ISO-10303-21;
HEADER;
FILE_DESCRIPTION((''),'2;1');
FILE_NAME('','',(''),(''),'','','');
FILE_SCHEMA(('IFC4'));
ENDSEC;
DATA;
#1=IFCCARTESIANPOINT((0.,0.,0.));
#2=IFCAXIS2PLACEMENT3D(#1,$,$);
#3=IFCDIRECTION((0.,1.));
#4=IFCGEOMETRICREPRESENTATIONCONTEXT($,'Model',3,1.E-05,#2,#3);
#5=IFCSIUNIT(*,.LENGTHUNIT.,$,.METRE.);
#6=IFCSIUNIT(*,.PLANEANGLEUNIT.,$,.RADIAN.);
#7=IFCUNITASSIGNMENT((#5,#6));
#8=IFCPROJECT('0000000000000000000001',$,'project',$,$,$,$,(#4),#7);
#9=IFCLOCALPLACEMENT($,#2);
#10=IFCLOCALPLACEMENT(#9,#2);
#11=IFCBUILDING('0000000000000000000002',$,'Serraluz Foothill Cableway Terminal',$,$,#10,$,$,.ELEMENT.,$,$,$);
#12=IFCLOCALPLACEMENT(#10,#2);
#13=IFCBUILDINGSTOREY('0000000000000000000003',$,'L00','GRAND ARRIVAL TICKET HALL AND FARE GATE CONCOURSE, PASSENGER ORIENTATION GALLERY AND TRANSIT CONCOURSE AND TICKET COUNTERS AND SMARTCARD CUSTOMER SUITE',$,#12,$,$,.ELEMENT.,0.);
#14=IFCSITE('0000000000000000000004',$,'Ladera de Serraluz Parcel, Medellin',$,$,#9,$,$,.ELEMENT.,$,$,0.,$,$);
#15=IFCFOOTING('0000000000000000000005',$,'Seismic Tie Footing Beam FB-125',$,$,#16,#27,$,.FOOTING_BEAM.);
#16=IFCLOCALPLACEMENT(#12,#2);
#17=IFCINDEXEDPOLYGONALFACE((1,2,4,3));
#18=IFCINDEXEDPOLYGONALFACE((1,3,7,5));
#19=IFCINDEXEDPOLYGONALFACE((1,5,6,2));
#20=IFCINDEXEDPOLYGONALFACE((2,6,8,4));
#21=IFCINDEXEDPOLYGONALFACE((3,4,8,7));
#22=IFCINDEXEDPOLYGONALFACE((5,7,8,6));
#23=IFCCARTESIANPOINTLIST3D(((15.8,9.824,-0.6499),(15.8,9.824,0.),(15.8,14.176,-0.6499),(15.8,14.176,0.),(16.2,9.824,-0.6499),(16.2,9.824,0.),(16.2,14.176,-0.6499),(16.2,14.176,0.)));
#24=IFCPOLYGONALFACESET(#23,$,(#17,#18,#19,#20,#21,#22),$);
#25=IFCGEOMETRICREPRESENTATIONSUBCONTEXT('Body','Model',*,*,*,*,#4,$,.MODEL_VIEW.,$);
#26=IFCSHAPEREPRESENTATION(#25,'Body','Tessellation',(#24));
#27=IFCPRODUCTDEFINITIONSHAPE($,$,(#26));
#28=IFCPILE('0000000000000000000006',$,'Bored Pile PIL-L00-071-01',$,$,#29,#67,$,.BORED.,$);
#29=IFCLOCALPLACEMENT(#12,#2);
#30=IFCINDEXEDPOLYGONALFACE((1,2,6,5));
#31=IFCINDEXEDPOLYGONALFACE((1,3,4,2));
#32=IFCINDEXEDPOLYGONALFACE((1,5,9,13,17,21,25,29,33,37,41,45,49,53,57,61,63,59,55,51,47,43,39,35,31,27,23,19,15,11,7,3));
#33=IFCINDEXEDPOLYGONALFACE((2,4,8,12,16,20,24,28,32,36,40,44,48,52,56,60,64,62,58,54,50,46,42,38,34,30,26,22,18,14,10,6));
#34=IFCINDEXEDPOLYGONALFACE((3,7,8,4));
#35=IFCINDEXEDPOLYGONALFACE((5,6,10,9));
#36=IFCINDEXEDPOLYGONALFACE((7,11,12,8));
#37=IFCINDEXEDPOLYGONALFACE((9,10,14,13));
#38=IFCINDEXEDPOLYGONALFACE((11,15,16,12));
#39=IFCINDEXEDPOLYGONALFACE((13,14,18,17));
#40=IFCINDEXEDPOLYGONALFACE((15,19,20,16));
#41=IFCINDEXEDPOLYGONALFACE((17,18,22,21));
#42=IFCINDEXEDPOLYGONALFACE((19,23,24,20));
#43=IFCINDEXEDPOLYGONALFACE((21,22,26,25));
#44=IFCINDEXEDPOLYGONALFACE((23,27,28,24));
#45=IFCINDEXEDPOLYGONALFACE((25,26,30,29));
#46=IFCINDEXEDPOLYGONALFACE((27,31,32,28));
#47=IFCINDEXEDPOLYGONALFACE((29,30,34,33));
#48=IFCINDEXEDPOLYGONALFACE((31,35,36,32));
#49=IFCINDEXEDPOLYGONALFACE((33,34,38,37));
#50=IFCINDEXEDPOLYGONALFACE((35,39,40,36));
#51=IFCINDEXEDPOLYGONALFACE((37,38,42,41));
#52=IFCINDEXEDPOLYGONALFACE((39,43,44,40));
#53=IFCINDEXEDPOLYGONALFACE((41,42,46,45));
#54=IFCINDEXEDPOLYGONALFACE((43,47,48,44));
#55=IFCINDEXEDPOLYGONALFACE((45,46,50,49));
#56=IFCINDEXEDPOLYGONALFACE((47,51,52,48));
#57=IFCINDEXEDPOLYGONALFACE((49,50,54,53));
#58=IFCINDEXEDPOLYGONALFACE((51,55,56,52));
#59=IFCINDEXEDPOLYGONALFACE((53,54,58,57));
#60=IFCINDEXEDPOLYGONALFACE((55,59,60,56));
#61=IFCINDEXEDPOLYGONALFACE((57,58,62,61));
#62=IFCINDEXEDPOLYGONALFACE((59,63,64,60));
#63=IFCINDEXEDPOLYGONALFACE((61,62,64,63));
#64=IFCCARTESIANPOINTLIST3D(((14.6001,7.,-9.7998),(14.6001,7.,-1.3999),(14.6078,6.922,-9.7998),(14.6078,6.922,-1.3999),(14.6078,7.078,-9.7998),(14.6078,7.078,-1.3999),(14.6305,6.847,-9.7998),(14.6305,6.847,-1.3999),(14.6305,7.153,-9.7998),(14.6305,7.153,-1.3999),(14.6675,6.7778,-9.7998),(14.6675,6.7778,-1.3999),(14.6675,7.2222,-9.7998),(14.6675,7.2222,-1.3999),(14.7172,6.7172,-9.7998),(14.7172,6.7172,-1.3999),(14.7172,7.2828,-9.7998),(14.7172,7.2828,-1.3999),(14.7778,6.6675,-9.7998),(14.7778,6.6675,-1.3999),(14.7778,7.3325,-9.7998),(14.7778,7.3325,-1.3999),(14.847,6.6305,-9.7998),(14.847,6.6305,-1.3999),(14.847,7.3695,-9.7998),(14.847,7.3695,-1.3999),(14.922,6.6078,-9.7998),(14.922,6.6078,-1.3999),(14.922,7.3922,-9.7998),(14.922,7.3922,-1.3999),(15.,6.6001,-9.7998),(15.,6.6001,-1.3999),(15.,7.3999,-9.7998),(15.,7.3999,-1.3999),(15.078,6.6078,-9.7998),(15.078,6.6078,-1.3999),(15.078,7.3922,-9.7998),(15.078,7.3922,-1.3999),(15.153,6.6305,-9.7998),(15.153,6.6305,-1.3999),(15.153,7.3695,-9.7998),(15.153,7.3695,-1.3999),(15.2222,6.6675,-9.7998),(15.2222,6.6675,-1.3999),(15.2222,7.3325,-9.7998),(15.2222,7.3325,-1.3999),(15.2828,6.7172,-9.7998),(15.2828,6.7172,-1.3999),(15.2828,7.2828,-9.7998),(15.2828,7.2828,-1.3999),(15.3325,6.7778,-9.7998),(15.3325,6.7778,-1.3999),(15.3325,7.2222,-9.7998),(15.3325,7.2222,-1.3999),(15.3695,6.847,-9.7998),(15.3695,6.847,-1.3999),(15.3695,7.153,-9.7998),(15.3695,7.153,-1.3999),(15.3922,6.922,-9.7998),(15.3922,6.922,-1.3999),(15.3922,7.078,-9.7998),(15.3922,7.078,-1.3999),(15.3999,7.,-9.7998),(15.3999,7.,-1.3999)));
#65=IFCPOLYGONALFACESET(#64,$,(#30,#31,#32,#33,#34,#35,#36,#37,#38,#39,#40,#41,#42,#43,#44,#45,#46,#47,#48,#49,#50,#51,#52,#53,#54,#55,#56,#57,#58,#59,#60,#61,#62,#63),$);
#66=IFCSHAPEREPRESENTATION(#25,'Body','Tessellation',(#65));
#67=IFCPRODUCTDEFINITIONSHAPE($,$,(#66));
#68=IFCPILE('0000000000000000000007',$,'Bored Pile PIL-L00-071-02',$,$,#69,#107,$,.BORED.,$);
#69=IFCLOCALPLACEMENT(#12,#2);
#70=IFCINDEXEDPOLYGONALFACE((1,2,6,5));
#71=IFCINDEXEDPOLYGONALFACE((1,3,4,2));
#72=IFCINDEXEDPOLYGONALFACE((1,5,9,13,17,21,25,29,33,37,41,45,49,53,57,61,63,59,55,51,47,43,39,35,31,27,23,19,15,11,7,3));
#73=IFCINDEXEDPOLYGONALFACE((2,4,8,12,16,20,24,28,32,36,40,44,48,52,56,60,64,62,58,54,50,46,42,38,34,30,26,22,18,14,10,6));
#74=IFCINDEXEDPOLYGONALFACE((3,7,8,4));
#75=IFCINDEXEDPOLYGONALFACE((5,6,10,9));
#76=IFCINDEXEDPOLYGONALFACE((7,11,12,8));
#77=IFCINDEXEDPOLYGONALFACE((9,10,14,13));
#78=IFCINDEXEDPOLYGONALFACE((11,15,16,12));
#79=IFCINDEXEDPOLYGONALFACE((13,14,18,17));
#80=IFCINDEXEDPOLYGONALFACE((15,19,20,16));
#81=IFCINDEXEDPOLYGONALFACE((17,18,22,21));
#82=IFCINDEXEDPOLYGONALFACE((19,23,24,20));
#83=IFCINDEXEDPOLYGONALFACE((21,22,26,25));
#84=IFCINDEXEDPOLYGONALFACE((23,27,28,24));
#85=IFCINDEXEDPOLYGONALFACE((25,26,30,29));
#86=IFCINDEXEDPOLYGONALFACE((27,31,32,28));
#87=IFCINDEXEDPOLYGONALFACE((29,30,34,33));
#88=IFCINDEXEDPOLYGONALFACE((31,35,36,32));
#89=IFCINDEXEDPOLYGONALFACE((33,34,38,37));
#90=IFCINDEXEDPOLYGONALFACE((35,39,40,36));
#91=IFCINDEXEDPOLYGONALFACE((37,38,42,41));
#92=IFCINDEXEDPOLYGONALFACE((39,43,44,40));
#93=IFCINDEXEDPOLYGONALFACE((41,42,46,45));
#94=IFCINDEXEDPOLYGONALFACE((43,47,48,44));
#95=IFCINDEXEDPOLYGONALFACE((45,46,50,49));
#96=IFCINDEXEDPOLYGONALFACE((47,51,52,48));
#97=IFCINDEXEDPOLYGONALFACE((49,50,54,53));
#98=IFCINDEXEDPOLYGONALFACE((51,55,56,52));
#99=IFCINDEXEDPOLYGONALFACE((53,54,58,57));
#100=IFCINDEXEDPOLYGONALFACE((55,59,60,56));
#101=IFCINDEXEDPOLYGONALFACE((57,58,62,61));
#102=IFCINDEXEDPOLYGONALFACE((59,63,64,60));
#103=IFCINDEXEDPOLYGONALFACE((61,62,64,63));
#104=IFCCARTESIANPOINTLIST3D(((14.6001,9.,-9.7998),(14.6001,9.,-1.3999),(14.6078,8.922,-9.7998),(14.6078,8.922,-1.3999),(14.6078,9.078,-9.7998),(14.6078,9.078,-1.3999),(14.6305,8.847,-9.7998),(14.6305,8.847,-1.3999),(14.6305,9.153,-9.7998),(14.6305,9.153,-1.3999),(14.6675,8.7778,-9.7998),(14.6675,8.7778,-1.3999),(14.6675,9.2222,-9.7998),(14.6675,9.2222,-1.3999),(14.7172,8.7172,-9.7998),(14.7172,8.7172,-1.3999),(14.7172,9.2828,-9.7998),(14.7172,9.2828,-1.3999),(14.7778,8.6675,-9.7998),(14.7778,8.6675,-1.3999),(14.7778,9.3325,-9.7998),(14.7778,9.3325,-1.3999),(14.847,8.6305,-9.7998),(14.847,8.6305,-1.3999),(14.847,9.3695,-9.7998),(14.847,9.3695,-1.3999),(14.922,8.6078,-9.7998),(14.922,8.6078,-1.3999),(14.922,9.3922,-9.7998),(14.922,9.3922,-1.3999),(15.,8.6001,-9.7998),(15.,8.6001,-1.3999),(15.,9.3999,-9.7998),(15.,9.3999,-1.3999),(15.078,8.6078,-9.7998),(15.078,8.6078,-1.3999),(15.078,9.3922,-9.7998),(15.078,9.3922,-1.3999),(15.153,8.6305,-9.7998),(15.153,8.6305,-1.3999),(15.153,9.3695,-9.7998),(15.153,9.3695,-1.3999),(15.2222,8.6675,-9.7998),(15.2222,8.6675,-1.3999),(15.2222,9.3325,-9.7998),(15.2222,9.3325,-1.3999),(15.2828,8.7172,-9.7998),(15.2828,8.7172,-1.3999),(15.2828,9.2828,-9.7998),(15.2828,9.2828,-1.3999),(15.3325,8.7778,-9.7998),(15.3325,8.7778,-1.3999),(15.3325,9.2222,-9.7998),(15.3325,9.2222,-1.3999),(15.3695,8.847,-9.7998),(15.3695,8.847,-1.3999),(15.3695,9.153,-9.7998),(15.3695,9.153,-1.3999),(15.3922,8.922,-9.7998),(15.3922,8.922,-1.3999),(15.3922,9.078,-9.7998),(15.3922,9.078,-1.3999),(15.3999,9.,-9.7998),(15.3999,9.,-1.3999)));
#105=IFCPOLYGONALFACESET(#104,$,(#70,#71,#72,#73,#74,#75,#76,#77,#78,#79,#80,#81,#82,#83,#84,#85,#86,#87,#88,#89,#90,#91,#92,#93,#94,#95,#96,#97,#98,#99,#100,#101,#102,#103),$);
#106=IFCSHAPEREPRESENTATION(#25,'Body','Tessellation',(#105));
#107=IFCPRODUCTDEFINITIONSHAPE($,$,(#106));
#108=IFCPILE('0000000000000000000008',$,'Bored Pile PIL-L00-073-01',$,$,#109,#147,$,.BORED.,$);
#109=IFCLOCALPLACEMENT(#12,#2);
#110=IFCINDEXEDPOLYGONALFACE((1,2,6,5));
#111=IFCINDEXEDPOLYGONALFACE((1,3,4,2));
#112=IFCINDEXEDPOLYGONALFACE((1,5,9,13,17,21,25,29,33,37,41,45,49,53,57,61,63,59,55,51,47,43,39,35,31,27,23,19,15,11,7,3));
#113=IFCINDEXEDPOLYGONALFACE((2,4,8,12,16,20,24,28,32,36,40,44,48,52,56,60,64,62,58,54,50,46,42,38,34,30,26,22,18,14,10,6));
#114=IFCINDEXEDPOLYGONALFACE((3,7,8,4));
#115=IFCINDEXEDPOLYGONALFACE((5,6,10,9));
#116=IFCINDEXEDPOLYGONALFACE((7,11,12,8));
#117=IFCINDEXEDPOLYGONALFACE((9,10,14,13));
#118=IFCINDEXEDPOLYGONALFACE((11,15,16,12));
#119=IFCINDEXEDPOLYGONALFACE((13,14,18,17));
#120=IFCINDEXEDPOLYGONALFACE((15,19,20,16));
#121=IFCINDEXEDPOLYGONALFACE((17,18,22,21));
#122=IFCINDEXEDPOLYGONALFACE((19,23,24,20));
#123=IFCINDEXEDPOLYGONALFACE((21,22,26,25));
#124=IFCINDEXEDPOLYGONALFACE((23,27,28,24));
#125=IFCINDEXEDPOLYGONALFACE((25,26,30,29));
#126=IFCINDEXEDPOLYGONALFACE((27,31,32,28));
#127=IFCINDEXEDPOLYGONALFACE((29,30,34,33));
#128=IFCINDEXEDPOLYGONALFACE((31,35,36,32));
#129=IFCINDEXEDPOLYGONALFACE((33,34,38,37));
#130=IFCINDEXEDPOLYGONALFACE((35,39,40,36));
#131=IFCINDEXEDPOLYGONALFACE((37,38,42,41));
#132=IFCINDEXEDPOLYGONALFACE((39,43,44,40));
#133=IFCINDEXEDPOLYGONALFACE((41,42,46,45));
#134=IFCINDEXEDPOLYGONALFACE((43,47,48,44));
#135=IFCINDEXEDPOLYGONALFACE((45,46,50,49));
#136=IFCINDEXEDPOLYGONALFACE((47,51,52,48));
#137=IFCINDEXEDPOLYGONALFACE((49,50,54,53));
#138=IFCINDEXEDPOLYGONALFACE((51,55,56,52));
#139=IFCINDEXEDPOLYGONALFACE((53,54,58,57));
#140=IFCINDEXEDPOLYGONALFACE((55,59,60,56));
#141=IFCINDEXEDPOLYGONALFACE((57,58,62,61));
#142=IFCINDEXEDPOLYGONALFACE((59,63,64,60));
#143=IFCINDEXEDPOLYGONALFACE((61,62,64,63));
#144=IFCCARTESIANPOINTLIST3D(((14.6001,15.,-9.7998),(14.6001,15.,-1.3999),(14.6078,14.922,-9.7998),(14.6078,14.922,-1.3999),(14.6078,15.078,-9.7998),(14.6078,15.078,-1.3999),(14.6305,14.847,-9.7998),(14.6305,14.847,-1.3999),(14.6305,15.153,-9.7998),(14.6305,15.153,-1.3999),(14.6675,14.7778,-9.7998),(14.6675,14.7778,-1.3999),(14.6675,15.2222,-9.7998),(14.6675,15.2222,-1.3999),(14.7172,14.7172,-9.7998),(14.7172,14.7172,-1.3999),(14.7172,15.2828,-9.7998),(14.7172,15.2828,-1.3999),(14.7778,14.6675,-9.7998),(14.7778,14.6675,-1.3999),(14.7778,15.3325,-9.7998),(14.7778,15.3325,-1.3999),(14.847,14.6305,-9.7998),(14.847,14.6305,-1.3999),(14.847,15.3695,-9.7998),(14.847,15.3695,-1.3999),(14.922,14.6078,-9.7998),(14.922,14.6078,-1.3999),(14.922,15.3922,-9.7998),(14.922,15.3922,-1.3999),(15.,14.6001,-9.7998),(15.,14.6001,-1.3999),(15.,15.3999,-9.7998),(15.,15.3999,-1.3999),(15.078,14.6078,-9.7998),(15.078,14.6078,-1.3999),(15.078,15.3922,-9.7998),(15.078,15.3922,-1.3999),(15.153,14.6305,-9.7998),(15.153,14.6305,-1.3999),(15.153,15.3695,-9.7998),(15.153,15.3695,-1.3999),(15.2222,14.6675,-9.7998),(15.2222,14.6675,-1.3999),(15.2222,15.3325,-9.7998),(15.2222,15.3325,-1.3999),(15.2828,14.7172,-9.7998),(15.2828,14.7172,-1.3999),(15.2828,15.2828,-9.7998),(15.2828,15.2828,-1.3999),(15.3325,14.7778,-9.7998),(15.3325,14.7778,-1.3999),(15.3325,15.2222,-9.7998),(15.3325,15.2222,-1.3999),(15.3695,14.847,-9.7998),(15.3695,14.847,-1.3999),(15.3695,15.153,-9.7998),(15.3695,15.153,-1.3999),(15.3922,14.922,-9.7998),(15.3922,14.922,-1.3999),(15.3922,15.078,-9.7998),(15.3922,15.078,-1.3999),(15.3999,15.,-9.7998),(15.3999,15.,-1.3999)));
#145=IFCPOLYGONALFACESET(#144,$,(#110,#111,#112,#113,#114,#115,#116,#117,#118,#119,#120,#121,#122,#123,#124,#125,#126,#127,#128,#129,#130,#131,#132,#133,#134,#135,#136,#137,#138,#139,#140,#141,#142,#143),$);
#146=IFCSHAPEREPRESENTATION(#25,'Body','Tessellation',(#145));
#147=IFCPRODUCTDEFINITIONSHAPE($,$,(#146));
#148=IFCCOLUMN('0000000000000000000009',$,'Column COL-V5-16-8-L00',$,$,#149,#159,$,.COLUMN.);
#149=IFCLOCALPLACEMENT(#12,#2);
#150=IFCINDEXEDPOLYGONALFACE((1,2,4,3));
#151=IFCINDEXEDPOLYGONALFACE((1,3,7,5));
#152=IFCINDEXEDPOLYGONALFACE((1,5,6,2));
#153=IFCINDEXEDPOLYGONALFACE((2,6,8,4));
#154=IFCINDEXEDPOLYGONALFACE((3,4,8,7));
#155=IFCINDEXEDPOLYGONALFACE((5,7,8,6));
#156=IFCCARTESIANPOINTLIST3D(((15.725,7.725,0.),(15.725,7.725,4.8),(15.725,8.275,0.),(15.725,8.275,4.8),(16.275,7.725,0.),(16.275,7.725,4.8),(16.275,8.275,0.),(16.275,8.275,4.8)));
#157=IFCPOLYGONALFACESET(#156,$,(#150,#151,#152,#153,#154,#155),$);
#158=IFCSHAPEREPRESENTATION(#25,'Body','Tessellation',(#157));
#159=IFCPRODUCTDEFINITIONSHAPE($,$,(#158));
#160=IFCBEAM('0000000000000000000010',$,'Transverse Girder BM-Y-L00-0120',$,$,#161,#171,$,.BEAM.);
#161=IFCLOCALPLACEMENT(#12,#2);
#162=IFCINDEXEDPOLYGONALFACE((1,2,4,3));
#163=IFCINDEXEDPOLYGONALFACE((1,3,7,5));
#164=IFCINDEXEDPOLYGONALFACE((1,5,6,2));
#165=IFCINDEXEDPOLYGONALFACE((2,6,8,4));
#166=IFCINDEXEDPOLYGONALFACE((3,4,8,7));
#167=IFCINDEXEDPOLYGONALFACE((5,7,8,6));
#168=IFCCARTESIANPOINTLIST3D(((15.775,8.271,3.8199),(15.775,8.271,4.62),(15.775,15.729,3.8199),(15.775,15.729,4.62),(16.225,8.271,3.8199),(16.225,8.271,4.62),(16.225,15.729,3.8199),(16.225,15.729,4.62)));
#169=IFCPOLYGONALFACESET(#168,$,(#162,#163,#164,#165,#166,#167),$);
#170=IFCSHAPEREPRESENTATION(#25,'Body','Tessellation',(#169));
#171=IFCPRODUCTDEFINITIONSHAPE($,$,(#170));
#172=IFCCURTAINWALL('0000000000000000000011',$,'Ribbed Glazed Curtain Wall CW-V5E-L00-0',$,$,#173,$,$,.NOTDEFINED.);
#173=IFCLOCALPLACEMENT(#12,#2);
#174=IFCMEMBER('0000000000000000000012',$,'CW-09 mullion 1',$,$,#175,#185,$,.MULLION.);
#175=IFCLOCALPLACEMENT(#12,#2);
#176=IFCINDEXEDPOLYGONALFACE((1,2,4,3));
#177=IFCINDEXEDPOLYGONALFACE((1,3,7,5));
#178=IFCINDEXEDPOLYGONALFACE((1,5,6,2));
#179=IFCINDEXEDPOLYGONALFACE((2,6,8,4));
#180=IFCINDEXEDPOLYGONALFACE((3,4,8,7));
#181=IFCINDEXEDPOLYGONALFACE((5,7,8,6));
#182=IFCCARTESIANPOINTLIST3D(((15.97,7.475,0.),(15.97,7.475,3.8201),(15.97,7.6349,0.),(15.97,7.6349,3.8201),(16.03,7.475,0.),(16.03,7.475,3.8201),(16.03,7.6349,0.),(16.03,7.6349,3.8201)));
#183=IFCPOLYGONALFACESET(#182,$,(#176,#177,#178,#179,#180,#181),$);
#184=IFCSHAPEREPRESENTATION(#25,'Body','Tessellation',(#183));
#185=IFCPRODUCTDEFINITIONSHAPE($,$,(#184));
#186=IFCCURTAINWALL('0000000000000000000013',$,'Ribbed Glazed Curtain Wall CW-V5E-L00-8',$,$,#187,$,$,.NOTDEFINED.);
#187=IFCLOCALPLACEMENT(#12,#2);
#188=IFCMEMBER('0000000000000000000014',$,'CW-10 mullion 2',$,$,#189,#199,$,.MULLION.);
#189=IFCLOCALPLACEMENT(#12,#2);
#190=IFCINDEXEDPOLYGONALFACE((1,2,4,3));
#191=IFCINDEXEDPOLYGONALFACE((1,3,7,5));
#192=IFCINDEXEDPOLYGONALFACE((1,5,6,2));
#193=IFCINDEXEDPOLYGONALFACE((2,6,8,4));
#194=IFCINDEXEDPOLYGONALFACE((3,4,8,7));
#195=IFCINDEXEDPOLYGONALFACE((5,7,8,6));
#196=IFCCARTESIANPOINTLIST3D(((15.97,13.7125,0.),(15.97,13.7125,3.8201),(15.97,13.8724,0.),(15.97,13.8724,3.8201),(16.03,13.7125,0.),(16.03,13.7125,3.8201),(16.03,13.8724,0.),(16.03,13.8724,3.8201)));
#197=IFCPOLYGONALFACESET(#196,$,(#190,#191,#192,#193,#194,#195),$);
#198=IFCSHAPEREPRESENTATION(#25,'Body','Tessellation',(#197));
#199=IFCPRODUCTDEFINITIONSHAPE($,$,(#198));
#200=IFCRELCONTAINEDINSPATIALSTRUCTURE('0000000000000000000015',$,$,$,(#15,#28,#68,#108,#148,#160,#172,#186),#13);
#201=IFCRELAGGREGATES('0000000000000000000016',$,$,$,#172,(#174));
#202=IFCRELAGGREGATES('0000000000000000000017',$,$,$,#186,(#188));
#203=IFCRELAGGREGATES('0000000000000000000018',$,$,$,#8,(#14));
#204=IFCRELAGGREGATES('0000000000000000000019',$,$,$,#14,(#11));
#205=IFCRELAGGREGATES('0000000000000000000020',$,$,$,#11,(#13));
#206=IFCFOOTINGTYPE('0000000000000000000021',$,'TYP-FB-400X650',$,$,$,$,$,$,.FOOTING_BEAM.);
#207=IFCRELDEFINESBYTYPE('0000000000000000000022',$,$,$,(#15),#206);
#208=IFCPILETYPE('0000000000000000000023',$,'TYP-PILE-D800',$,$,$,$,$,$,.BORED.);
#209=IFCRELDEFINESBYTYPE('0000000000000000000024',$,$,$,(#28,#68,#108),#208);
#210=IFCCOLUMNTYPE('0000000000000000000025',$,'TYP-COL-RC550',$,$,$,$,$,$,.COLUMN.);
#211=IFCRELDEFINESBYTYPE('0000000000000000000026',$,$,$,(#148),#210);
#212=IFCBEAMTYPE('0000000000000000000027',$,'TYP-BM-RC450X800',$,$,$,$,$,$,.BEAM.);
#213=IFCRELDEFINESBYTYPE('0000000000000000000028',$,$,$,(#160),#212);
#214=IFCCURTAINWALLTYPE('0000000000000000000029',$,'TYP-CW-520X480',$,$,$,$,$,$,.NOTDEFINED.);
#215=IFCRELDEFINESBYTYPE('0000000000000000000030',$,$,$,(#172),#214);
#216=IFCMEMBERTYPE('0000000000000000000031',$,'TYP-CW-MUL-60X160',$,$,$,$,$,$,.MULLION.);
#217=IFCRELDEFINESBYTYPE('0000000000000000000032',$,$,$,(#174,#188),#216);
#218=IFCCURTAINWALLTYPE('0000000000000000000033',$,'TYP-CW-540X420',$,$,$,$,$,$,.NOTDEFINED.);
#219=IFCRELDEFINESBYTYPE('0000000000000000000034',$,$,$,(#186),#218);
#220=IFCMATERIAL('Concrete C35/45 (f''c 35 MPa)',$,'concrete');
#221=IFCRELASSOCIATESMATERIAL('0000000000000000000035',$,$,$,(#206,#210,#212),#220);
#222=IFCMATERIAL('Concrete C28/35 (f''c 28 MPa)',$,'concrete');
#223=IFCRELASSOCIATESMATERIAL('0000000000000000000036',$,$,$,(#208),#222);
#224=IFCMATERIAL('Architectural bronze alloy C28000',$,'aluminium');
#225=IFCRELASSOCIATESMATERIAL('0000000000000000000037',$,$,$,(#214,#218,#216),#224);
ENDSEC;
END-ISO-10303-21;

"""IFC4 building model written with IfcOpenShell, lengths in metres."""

from ifc_helpers import new_model, si_unit, direction, frame, origin, origin_2d, place, context, subcontext, project, spatial, rectangle, circle, extrude, material, material_profile, profile_set, type_object, element, aggregate, save


model = new_model("IFC4")

# Units and contexts
model_context = context("Model", 3, precision=1e-05, world=origin(), true_north=direction((0.0, 1.0)))
body_context = subcontext(model_context, "Body", "Model", "MODEL_VIEW")
ifc_project = project(units=[si_unit("LENGTHUNIT", "METRE"), si_unit("PLANEANGLEUNIT", "RADIAN")], contexts=[model_context])

# Site, building, storey
site_placement = place(None, origin())
site = spatial("IfcSite", under=ifc_project, at=site_placement, Name="Ladera de Serraluz Parcel, Medellin", CompositionType="ELEMENT", RefElevation=0.0)
building_placement = place(site_placement, origin())
building = spatial("IfcBuilding", under=site, at=building_placement, Name="Serraluz Foothill Cableway Terminal", CompositionType="ELEMENT")
storey_placement = place(building_placement, origin())
storey = spatial("IfcBuildingStorey", under=building, at=storey_placement, Name="L00", Description="GRAND ARRIVAL TICKET HALL AND FARE GATE CONCOURSE, PASSENGER ORIENTATION GALLERY AND TRANSIT CONCOURSE AND TICKET COUNTERS AND SMARTCARD CUSTOMER SUITE", CompositionType="ELEMENT", Elevation=0.0)

# Footing
ifc_material_1 = material(Name="Concrete C35/45 (f'c 35 MPa)", Category="concrete")
ifc_material_profile_1 = material_profile(ifc_material_1, rectangle(XDim=0.3999, YDim=0.6499, at=origin_2d()), Name="RC 400x650")
ifc_profile_set_1 = profile_set([ifc_material_profile_1], Name="Concrete C35/45 (f'c 35 MPa)")
footing_type = type_object("IfcFootingType", Name="TYP-FB-400X650", PredefinedType="FOOTING_BEAM", material=ifc_profile_set_1)
footing_placement = place(storey_placement, frame((16.0, 9.824, -0.325), z_axis=(0.0, 1.0, 0.0), x_axis=(-1.0, 0.0, 0.0)))
element("IfcFooting", 1, at=footing_placement, inside=storey, type_object=footing_type, Name="Seismic Tie Footing Beam FB-125", PredefinedType="FOOTING_BEAM", context=body_context, shape_type="SweptSolid", body=[
    extrude(rectangle(XDim=0.3999, YDim=0.6499, at=origin_2d()), origin(), (0.0, 0.0, 1.0), 4.3521),
])

# Piles
ifc_material_2 = material(Name="Concrete C28/35 (f'c 28 MPa)", Category="concrete")
ifc_material_profile_2 = material_profile(ifc_material_2, circle(Radius=0.3999, at=origin_2d()), Name="BORED PILE D800")
ifc_profile_set_2 = profile_set([ifc_material_profile_2], Name="Concrete C28/35 (f'c 28 MPa)")
pile_type = type_object("IfcPileType", Name="TYP-PILE-D800", PredefinedType="BORED", material=ifc_profile_set_2)
for number, where, z_axis, x_axis, name in (
    (2, (15.0, 7.0, -1.3999), (0.0, 0.0, -1.0), (1.0, 0.0, 0.0), "Bored Pile PIL-L00-071-01"),
    (3, (15.0, 9.0, -1.3999), (0.0, 0.0, -1.0), (1.0, 0.0, 0.0), "Bored Pile PIL-L00-071-02"),
    (4, (15.0, 15.0, -1.3999), (0.0, 0.0, -1.0), (1.0, 0.0, 0.0), "Bored Pile PIL-L00-073-01"),
):
    element("IfcPile", number, at=place(storey_placement, frame(where, z_axis=z_axis, x_axis=x_axis)), inside=storey, type_object=pile_type, Name=name, PredefinedType="BORED", context=body_context, shape_type="SweptSolid", body=[
        extrude(circle(Radius=0.3999, at=origin_2d()), origin(), (0.0, 0.0, 1.0), 8.3999),
    ])

# Column
ifc_material_profile_3 = material_profile(ifc_material_1, rectangle(XDim=0.55, YDim=0.55, at=origin_2d()), Name="RC 550x550")
ifc_profile_set_3 = profile_set([ifc_material_profile_3], Name="Concrete C35/45 (f'c 35 MPa)")
column_type = type_object("IfcColumnType", Name="TYP-COL-RC550", PredefinedType="COLUMN", material=ifc_profile_set_3)
column_placement = place(storey_placement, frame((16.0, 8.0, 0.0), z_axis=(0.0, 0.0, 1.0), x_axis=(1.0, 0.0, 0.0)))
element("IfcColumn", 5, at=column_placement, inside=storey, type_object=column_type, Name="Column COL-V5-16-8-L00", PredefinedType="COLUMN", context=body_context, shape_type="SweptSolid", body=[
    extrude(rectangle(XDim=0.55, YDim=0.55, at=origin_2d()), origin(), (0.0, 0.0, 1.0), 4.8),
])

# Beam
ifc_material_profile_4 = material_profile(ifc_material_1, rectangle(XDim=0.45, YDim=0.8, at=origin_2d()), Name="RC 450x800")
ifc_profile_set_4 = profile_set([ifc_material_profile_4], Name="Concrete C35/45 (f'c 35 MPa)")
beam_type = type_object("IfcBeamType", Name="TYP-BM-RC450X800", PredefinedType="BEAM", material=ifc_profile_set_4)
beam_placement = place(storey_placement, frame((16.0, 8.271, 4.22), z_axis=(0.0, 1.0, 0.0), x_axis=(-1.0, 0.0, 0.0)))
element("IfcBeam", 6, at=beam_placement, inside=storey, type_object=beam_type, Name="Transverse Girder BM-Y-L00-0120", PredefinedType="BEAM", context=body_context, shape_type="SweptSolid", body=[
    extrude(rectangle(XDim=0.45, YDim=0.8, at=origin_2d()), origin(), (0.0, 0.0, 1.0), 7.458),
])

# Curtain wall, member
ifc_material_3 = material(Name="Architectural bronze alloy C28000", Category="aluminium")
curtain_wall_type_1 = type_object("IfcCurtainWallType", Name="TYP-CW-520X480", PredefinedType="NOTDEFINED", material=ifc_material_3)
curtain_wall_1_placement = place(storey_placement, origin())
curtain_wall_1 = element("IfcCurtainWall", 7, at=curtain_wall_1_placement, inside=storey, type_object=curtain_wall_type_1, Name="Ribbed Glazed Curtain Wall CW-V5E-L00-0", PredefinedType="NOTDEFINED")
ifc_material_profile_5 = material_profile(ifc_material_3, rectangle(XDim=0.0601, YDim=0.1599, at=origin_2d()), Name="ALU MULLION 60x160")
ifc_profile_set_5 = profile_set([ifc_material_profile_5], Name="Architectural bronze alloy C28000")
member_type_1 = type_object("IfcMemberType", Name="TYP-CW-MUL-60X160", PredefinedType="MULLION", material=ifc_profile_set_5)
member_1_placement = place(storey_placement, frame((16.0, 7.5549, 0.0), z_axis=(0.0, 0.0, 1.0), x_axis=(1.0, 0.0, 0.0)))
member_1 = element("IfcMember", 8, at=member_1_placement, type_object=member_type_1, Name="CW-09 mullion 1", PredefinedType="MULLION", context=body_context, shape_type="SweptSolid", body=[
    extrude(rectangle(XDim=0.0601, YDim=0.1599, at=origin_2d()), origin(), (0.0, 0.0, 1.0), 3.8201),
])

# Curtain wall, member
curtain_wall_type_2 = type_object("IfcCurtainWallType", Name="TYP-CW-540X420", PredefinedType="NOTDEFINED", material=ifc_material_3)
curtain_wall_2_placement = place(storey_placement, origin())
curtain_wall_2 = element("IfcCurtainWall", 9, at=curtain_wall_2_placement, inside=storey, type_object=curtain_wall_type_2, Name="Ribbed Glazed Curtain Wall CW-V5E-L00-8", PredefinedType="NOTDEFINED")
member_2_placement = place(storey_placement, frame((16.0, 13.7925, 0.0), z_axis=(0.0, 0.0, 1.0), x_axis=(1.0, 0.0, 0.0)))
member_2 = element("IfcMember", 10, at=member_2_placement, type_object=member_type_1, Name="CW-10 mullion 2", PredefinedType="MULLION", context=body_context, shape_type="SweptSolid", body=[
    extrude(rectangle(XDim=0.0601, YDim=0.1599, at=origin_2d()), origin(), (0.0, 0.0, 1.0), 3.8201),
])

aggregate(curtain_wall_1, [member_1])
aggregate(curtain_wall_2, [member_2])

save(model, "model.ifc")
